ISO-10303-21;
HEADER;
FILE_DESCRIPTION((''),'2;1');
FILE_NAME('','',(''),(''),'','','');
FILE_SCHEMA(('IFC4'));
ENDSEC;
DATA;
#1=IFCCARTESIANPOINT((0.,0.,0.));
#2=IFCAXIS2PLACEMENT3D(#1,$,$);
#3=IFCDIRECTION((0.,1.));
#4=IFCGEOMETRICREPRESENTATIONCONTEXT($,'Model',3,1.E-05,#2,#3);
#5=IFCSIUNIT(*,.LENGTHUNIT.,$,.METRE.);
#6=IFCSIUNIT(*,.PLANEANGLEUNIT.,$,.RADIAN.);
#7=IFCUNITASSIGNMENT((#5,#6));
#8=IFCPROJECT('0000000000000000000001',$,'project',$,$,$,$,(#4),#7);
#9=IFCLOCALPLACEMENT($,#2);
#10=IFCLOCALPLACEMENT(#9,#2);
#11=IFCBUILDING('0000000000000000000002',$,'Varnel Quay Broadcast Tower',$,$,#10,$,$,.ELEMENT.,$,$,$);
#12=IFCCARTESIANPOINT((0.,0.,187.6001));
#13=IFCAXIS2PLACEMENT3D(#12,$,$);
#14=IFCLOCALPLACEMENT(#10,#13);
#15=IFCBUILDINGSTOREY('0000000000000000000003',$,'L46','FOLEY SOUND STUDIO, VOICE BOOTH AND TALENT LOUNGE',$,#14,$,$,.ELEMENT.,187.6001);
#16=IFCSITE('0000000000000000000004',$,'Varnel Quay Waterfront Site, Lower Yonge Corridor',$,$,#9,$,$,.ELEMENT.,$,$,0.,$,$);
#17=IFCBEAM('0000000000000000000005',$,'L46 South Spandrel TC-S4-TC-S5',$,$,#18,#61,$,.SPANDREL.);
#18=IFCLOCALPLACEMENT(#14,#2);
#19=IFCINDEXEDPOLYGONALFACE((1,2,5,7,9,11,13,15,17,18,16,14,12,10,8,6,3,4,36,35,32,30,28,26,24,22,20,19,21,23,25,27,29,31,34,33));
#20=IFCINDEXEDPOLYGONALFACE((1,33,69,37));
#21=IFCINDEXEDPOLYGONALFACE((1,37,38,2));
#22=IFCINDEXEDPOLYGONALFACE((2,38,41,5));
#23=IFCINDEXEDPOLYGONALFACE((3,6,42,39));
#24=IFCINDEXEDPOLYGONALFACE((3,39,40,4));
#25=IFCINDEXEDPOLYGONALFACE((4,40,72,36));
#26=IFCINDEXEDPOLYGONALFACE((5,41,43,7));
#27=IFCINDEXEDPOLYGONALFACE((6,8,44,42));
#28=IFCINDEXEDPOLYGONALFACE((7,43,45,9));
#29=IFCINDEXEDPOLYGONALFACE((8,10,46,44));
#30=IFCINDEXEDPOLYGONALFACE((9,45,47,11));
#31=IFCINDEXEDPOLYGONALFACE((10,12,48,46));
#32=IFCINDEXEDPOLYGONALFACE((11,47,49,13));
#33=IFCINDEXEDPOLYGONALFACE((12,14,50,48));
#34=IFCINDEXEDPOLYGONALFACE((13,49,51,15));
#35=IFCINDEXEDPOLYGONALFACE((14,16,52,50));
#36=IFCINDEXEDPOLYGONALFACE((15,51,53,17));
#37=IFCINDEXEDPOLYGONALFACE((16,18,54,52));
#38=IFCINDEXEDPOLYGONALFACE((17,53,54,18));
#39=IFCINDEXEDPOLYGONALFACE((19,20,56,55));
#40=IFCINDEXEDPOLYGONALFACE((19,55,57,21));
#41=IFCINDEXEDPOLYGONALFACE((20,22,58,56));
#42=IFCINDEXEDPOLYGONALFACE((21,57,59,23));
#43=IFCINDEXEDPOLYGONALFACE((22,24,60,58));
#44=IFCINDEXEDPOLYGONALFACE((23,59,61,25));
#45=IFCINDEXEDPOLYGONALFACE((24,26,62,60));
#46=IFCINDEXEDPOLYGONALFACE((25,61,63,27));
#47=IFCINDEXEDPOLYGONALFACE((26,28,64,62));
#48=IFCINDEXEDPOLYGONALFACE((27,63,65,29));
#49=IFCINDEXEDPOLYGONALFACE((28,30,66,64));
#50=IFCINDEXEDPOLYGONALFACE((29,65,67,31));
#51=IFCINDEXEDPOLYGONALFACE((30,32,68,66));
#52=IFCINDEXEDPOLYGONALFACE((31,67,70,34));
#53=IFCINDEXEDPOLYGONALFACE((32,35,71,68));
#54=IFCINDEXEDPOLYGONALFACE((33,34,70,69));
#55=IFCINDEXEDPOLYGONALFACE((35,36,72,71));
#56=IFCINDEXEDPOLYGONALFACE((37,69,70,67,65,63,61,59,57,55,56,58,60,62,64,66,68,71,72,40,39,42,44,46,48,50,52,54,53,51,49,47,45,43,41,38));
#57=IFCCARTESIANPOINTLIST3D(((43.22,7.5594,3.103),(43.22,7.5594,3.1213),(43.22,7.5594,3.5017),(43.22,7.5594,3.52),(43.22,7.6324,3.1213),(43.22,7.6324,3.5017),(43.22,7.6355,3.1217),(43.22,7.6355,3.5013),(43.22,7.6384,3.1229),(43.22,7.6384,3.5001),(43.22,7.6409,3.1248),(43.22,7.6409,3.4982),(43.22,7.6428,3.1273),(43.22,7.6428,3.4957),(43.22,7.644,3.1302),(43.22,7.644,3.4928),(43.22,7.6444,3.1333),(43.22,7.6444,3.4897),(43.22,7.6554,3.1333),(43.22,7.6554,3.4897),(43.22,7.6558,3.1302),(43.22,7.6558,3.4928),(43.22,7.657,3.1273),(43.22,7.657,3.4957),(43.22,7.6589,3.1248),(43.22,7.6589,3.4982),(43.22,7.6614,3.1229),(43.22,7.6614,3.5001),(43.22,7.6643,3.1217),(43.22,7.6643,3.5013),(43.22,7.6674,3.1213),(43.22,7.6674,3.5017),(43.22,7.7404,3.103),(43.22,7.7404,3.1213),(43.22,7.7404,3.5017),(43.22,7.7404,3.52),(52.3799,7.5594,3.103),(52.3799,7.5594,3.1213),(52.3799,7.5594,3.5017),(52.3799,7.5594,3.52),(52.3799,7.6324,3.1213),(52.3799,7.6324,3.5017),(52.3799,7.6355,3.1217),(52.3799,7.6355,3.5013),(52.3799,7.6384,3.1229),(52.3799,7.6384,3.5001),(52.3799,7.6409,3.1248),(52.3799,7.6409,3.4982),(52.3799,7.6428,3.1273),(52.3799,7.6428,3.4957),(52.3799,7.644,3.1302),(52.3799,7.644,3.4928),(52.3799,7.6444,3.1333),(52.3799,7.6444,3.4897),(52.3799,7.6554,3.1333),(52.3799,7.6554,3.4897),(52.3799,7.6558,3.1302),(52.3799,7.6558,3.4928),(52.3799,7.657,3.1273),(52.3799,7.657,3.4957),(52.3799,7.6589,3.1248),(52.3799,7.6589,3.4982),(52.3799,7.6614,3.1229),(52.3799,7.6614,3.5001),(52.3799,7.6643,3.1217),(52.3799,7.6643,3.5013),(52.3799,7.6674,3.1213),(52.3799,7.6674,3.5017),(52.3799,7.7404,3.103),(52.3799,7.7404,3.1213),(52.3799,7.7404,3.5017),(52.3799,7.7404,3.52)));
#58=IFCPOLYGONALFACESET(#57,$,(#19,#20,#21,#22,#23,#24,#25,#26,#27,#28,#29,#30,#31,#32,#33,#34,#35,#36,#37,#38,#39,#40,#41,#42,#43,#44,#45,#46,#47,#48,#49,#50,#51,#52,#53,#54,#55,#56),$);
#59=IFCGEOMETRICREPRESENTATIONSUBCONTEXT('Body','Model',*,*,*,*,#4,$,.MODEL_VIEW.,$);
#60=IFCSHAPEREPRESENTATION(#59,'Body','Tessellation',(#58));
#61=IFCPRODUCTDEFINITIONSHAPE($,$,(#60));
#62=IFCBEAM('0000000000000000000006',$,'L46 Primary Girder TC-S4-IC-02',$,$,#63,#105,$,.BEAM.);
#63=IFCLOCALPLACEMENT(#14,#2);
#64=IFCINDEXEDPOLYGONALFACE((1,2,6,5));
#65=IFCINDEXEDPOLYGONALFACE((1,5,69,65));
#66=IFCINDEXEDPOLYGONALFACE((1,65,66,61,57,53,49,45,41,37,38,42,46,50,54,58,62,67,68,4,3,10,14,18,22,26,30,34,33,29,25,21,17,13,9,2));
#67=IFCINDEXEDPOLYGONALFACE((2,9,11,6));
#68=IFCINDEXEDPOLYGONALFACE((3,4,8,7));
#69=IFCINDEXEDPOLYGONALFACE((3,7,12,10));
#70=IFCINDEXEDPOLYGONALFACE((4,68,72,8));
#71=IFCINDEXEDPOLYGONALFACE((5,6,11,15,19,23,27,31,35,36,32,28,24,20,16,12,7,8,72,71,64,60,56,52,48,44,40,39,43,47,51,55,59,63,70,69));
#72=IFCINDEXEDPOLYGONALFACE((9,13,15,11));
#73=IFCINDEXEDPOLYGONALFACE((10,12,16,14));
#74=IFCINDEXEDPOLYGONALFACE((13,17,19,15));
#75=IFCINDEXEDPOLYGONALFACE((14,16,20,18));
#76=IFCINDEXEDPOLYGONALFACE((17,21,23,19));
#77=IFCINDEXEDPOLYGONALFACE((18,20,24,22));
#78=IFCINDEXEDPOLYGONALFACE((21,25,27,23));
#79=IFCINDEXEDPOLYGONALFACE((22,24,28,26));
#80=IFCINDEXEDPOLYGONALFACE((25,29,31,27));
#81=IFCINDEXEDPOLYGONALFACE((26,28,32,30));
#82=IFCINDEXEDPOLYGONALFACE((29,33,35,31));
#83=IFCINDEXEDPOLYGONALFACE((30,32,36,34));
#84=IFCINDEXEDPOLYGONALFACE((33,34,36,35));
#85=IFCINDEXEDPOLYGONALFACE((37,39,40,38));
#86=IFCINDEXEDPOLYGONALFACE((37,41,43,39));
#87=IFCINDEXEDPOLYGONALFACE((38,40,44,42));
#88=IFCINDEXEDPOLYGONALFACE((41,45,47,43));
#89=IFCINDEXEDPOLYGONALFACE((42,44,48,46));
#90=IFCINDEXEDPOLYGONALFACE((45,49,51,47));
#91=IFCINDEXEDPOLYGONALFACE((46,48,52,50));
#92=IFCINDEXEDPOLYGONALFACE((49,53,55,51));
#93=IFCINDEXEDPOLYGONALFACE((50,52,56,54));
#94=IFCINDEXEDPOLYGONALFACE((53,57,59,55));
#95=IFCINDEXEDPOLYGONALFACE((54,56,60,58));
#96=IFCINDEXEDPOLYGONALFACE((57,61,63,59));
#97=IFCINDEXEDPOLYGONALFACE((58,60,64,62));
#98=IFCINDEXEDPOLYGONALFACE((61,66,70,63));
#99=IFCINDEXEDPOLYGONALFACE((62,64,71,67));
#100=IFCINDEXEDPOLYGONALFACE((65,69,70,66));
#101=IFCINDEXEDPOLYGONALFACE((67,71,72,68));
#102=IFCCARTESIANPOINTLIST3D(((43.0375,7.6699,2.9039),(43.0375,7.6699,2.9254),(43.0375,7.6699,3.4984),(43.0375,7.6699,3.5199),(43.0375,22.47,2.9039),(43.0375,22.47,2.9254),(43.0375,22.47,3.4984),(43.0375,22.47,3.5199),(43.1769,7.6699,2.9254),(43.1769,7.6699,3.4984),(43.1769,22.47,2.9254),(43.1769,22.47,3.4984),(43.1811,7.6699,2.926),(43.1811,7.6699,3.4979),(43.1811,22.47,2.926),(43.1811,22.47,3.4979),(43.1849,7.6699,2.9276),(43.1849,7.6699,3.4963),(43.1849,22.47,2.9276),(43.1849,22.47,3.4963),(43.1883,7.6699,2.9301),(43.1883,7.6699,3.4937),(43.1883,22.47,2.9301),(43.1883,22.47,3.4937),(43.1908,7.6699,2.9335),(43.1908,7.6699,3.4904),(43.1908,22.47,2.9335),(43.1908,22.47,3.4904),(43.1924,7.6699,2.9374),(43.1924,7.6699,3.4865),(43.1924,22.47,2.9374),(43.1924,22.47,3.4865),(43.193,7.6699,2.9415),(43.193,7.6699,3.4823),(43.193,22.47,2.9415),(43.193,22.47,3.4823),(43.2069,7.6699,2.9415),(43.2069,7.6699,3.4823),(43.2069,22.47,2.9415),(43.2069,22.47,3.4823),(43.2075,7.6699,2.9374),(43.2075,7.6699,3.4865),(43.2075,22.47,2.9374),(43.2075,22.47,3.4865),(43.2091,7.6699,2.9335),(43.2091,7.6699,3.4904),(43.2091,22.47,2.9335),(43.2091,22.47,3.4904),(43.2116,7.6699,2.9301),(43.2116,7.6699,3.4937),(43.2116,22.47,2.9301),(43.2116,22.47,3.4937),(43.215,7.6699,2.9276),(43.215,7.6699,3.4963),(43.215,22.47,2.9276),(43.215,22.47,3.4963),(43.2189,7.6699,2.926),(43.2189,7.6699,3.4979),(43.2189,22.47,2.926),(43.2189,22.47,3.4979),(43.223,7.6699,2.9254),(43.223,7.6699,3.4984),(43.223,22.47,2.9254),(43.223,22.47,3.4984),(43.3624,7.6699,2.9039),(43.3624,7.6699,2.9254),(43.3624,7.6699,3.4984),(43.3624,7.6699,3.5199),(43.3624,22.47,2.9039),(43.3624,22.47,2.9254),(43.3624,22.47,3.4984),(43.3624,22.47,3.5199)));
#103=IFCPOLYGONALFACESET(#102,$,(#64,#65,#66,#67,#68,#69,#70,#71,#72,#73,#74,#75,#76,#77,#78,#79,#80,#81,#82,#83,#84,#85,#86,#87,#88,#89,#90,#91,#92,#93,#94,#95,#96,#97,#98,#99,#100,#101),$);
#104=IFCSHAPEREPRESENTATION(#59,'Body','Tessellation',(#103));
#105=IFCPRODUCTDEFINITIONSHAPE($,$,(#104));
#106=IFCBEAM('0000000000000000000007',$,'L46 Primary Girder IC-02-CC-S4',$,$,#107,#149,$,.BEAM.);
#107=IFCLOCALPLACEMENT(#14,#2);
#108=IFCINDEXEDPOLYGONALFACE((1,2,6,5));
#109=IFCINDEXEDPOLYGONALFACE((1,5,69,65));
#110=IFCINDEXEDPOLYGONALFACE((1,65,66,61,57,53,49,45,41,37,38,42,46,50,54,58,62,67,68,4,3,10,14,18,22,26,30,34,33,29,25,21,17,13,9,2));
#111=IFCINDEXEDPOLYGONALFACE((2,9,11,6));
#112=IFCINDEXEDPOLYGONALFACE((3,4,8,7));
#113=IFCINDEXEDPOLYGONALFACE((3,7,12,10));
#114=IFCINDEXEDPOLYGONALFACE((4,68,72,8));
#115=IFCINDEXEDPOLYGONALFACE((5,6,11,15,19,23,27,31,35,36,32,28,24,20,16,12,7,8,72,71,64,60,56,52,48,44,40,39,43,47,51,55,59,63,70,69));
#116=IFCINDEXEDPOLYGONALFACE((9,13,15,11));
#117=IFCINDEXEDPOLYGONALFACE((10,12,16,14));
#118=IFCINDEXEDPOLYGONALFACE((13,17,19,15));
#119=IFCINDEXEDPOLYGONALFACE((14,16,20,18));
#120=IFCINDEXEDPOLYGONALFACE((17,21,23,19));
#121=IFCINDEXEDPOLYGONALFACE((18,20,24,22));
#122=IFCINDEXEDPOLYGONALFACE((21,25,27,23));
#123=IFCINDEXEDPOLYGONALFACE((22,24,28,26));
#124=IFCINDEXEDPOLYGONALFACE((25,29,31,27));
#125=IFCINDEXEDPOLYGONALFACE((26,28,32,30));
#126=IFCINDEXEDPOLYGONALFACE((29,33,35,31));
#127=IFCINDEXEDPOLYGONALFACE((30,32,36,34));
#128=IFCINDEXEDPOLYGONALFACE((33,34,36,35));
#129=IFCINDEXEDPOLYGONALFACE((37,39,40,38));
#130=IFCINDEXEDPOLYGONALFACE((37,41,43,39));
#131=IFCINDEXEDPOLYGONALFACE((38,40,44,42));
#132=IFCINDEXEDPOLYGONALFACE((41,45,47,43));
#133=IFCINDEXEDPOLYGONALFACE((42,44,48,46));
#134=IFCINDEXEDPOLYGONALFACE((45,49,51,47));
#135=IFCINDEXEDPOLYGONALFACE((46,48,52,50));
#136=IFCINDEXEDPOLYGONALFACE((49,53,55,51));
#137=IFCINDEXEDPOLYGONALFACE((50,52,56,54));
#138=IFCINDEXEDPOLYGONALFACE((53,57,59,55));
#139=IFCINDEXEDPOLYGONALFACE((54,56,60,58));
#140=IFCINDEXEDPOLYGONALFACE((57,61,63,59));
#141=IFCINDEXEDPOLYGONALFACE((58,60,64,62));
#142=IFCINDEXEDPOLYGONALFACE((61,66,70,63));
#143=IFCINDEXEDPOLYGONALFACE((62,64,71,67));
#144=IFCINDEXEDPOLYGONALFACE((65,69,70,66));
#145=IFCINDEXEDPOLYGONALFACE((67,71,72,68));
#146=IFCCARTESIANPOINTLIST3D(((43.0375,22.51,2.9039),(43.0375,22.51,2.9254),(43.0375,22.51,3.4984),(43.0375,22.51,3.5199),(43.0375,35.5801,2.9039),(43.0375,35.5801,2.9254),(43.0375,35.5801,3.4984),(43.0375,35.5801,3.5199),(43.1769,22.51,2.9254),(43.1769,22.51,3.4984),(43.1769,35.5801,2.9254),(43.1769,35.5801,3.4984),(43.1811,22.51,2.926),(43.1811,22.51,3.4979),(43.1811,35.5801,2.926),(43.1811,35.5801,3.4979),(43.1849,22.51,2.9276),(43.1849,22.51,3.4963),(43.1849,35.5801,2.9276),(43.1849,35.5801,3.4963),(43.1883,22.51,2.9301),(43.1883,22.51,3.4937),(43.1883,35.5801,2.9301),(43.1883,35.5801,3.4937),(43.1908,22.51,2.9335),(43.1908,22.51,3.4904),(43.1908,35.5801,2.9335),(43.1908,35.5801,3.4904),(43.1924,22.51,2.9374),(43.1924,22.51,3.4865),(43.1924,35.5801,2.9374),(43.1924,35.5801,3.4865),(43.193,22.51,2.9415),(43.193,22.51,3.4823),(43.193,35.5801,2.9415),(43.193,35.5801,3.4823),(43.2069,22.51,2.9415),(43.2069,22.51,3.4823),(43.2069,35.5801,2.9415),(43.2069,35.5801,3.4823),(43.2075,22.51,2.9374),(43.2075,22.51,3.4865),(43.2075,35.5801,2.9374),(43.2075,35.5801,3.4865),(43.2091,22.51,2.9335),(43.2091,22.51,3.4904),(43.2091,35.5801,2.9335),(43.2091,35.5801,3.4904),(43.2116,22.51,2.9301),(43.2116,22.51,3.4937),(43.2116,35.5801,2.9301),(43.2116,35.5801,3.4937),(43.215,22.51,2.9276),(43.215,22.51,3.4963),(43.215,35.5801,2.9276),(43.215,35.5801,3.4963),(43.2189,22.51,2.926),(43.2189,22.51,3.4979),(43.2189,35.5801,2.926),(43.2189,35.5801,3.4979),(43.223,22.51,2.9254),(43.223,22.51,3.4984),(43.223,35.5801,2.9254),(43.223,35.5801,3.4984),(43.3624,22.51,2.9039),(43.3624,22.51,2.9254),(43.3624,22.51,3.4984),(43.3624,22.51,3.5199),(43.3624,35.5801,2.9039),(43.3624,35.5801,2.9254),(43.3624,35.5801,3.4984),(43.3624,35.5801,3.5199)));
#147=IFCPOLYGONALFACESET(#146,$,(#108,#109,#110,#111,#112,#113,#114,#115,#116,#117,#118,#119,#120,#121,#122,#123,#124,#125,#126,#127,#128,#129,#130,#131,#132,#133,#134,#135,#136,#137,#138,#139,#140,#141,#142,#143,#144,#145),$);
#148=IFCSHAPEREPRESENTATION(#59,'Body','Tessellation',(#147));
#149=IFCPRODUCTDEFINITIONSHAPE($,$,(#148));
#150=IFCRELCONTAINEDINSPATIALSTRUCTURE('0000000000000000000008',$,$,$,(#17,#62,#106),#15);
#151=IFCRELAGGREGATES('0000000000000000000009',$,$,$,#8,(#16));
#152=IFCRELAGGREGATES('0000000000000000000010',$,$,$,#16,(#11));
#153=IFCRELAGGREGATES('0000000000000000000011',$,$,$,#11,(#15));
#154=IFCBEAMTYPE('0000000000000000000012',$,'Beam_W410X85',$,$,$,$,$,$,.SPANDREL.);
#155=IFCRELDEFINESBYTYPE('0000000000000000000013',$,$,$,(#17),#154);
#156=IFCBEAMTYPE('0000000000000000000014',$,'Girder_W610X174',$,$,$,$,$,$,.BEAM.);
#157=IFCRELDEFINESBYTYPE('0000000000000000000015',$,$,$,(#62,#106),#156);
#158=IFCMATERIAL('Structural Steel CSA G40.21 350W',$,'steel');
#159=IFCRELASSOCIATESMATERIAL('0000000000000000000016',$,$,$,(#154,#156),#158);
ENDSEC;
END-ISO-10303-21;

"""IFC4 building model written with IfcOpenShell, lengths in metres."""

from ifc_helpers import new_model, si_unit, direction, frame, origin, origin_2d, place, context, subcontext, project, spatial, i_section, extrude, source, transform, mapped, material, material_profile, profile_set, type_object, type_shapes, element, save


model = new_model("IFC4")

# Units and contexts
model_context = context("Model", 3, precision=1e-05, world=origin(), true_north=direction((0.0, 1.0)))
body_context = subcontext(model_context, "Body", "Model", "MODEL_VIEW")
ifc_project = project(units=[si_unit("LENGTHUNIT", "METRE"), si_unit("PLANEANGLEUNIT", "RADIAN")], contexts=[model_context])

# Site, building, storey
site_placement = place(None, origin())
site = spatial("IfcSite", under=ifc_project, at=site_placement, Name="Varnel Quay Waterfront Site, Lower Yonge Corridor", CompositionType="ELEMENT", RefElevation=0.0)
building_placement = place(site_placement, origin())
building = spatial("IfcBuilding", under=site, at=building_placement, Name="Varnel Quay Broadcast Tower", CompositionType="ELEMENT")
storey_placement = place(building_placement, frame((0.0, 0.0, 187.6001)))
storey = spatial("IfcBuildingStorey", under=building, at=storey_placement, Name="L46", Description="FOLEY SOUND STUDIO, VOICE BOOTH AND TALENT LOUNGE", CompositionType="ELEMENT", Elevation=187.6001)

# Shared definitions
ifc_material_1 = material(Name="Structural Steel CSA G40.21 350W", Category="steel")

# Beams
ifc_material_profile_1 = material_profile(ifc_material_1, i_section(OverallWidth=0.1809, OverallDepth=0.417, WebThickness=0.011, FlangeThickness=0.0183, FilletRadius=0.012, at=origin_2d()), Name="W410X85")
ifc_profile_set_1 = profile_set([ifc_material_profile_1], Name="Structural Steel CSA G40.21 350W")
beam_type_1 = type_object("IfcBeamType", Name="Beam_W410X85", PredefinedType="SPANDREL", material=ifc_profile_set_1)
shared_shape_1 = source(origin(), body_context, "Body", "SweptSolid", [
    extrude(i_section(OverallWidth=0.1809, OverallDepth=0.417, WebThickness=0.011, FlangeThickness=0.0183, FilletRadius=0.012, at=origin_2d()), origin(), (0.0, 0.0, 1.0), 9.1599),
])
type_shapes(beam_type_1, [shared_shape_1])
for number, where, z_axis, x_axis, name in (
    (1, (43.22, 7.6499, 3.3115), (1.0, 0.0, 0.0), (0.0, 1.0, 0.0), "L46 South Spandrel TC-S4-TC-S5"),
):
    element("IfcBeam", number, at=place(storey_placement, frame(where, z_axis=z_axis, x_axis=x_axis)), inside=storey, type_object=beam_type_1, Name=name, PredefinedType="SPANDREL", context=body_context, shape_type="MappedRepresentation", body=[
        mapped(shared_shape_1, transform((0.0, 0.0, 0.0), x_axis=(1.0, 0.0, 0.0), y_axis=(0.0, 1.0, 0.0), z_axis=(0.0, 0.0, 1.0), scale=1.0)),
    ])
ifc_material_profile_2 = material_profile(ifc_material_1, i_section(OverallWidth=0.325, OverallDepth=0.616, WebThickness=0.0139, FlangeThickness=0.0215, FilletRadius=0.0161, at=origin_2d()), Name="W610X174")
ifc_profile_set_2 = profile_set([ifc_material_profile_2], Name="Structural Steel CSA G40.21 350W")
beam_type_2 = type_object("IfcBeamType", Name="Girder_W610X174", PredefinedType="BEAM", material=ifc_profile_set_2)
shared_shape_2 = source(origin(), body_context, "Body", "SweptSolid", [
    extrude(i_section(OverallWidth=0.325, OverallDepth=0.616, WebThickness=0.0139, FlangeThickness=0.0215, FilletRadius=0.0161, at=origin_2d()), origin(), (0.0, 0.0, 1.0), 14.8),
])
beam_1_placement = place(storey_placement, frame((43.2, 7.6699, 3.2119), z_axis=(0.0, 1.0, 0.0), x_axis=(-1.0, 0.0, 0.0)))
element("IfcBeam", 2, at=beam_1_placement, inside=storey, type_object=beam_type_2, Name="L46 Primary Girder TC-S4-IC-02", PredefinedType="BEAM", context=body_context, shape_type="MappedRepresentation", body=[
    mapped(shared_shape_2, transform((0.0, 0.0, 0.0), x_axis=(1.0, 0.0, 0.0), y_axis=(0.0, 1.0, 0.0), z_axis=(0.0, 0.0, 1.0), scale=1.0)),
])
shared_shape_3 = source(origin(), body_context, "Body", "SweptSolid", [
    extrude(i_section(OverallWidth=0.325, OverallDepth=0.616, WebThickness=0.0139, FlangeThickness=0.0215, FilletRadius=0.0161, at=origin_2d()), origin(), (0.0, 0.0, 1.0), 13.0701),
])
beam_2_placement = place(storey_placement, frame((43.2, 22.51, 3.2119), z_axis=(0.0, 1.0, 0.0), x_axis=(-1.0, 0.0, 0.0)))
element("IfcBeam", 3, at=beam_2_placement, inside=storey, type_object=beam_type_2, Name="L46 Primary Girder IC-02-CC-S4", PredefinedType="BEAM", context=body_context, shape_type="MappedRepresentation", body=[
    mapped(shared_shape_3, transform((0.0, 0.0, 0.0), x_axis=(1.0, 0.0, 0.0), y_axis=(0.0, 1.0, 0.0), z_axis=(0.0, 0.0, 1.0), scale=1.0)),
])

save(model, "model.ifc")
